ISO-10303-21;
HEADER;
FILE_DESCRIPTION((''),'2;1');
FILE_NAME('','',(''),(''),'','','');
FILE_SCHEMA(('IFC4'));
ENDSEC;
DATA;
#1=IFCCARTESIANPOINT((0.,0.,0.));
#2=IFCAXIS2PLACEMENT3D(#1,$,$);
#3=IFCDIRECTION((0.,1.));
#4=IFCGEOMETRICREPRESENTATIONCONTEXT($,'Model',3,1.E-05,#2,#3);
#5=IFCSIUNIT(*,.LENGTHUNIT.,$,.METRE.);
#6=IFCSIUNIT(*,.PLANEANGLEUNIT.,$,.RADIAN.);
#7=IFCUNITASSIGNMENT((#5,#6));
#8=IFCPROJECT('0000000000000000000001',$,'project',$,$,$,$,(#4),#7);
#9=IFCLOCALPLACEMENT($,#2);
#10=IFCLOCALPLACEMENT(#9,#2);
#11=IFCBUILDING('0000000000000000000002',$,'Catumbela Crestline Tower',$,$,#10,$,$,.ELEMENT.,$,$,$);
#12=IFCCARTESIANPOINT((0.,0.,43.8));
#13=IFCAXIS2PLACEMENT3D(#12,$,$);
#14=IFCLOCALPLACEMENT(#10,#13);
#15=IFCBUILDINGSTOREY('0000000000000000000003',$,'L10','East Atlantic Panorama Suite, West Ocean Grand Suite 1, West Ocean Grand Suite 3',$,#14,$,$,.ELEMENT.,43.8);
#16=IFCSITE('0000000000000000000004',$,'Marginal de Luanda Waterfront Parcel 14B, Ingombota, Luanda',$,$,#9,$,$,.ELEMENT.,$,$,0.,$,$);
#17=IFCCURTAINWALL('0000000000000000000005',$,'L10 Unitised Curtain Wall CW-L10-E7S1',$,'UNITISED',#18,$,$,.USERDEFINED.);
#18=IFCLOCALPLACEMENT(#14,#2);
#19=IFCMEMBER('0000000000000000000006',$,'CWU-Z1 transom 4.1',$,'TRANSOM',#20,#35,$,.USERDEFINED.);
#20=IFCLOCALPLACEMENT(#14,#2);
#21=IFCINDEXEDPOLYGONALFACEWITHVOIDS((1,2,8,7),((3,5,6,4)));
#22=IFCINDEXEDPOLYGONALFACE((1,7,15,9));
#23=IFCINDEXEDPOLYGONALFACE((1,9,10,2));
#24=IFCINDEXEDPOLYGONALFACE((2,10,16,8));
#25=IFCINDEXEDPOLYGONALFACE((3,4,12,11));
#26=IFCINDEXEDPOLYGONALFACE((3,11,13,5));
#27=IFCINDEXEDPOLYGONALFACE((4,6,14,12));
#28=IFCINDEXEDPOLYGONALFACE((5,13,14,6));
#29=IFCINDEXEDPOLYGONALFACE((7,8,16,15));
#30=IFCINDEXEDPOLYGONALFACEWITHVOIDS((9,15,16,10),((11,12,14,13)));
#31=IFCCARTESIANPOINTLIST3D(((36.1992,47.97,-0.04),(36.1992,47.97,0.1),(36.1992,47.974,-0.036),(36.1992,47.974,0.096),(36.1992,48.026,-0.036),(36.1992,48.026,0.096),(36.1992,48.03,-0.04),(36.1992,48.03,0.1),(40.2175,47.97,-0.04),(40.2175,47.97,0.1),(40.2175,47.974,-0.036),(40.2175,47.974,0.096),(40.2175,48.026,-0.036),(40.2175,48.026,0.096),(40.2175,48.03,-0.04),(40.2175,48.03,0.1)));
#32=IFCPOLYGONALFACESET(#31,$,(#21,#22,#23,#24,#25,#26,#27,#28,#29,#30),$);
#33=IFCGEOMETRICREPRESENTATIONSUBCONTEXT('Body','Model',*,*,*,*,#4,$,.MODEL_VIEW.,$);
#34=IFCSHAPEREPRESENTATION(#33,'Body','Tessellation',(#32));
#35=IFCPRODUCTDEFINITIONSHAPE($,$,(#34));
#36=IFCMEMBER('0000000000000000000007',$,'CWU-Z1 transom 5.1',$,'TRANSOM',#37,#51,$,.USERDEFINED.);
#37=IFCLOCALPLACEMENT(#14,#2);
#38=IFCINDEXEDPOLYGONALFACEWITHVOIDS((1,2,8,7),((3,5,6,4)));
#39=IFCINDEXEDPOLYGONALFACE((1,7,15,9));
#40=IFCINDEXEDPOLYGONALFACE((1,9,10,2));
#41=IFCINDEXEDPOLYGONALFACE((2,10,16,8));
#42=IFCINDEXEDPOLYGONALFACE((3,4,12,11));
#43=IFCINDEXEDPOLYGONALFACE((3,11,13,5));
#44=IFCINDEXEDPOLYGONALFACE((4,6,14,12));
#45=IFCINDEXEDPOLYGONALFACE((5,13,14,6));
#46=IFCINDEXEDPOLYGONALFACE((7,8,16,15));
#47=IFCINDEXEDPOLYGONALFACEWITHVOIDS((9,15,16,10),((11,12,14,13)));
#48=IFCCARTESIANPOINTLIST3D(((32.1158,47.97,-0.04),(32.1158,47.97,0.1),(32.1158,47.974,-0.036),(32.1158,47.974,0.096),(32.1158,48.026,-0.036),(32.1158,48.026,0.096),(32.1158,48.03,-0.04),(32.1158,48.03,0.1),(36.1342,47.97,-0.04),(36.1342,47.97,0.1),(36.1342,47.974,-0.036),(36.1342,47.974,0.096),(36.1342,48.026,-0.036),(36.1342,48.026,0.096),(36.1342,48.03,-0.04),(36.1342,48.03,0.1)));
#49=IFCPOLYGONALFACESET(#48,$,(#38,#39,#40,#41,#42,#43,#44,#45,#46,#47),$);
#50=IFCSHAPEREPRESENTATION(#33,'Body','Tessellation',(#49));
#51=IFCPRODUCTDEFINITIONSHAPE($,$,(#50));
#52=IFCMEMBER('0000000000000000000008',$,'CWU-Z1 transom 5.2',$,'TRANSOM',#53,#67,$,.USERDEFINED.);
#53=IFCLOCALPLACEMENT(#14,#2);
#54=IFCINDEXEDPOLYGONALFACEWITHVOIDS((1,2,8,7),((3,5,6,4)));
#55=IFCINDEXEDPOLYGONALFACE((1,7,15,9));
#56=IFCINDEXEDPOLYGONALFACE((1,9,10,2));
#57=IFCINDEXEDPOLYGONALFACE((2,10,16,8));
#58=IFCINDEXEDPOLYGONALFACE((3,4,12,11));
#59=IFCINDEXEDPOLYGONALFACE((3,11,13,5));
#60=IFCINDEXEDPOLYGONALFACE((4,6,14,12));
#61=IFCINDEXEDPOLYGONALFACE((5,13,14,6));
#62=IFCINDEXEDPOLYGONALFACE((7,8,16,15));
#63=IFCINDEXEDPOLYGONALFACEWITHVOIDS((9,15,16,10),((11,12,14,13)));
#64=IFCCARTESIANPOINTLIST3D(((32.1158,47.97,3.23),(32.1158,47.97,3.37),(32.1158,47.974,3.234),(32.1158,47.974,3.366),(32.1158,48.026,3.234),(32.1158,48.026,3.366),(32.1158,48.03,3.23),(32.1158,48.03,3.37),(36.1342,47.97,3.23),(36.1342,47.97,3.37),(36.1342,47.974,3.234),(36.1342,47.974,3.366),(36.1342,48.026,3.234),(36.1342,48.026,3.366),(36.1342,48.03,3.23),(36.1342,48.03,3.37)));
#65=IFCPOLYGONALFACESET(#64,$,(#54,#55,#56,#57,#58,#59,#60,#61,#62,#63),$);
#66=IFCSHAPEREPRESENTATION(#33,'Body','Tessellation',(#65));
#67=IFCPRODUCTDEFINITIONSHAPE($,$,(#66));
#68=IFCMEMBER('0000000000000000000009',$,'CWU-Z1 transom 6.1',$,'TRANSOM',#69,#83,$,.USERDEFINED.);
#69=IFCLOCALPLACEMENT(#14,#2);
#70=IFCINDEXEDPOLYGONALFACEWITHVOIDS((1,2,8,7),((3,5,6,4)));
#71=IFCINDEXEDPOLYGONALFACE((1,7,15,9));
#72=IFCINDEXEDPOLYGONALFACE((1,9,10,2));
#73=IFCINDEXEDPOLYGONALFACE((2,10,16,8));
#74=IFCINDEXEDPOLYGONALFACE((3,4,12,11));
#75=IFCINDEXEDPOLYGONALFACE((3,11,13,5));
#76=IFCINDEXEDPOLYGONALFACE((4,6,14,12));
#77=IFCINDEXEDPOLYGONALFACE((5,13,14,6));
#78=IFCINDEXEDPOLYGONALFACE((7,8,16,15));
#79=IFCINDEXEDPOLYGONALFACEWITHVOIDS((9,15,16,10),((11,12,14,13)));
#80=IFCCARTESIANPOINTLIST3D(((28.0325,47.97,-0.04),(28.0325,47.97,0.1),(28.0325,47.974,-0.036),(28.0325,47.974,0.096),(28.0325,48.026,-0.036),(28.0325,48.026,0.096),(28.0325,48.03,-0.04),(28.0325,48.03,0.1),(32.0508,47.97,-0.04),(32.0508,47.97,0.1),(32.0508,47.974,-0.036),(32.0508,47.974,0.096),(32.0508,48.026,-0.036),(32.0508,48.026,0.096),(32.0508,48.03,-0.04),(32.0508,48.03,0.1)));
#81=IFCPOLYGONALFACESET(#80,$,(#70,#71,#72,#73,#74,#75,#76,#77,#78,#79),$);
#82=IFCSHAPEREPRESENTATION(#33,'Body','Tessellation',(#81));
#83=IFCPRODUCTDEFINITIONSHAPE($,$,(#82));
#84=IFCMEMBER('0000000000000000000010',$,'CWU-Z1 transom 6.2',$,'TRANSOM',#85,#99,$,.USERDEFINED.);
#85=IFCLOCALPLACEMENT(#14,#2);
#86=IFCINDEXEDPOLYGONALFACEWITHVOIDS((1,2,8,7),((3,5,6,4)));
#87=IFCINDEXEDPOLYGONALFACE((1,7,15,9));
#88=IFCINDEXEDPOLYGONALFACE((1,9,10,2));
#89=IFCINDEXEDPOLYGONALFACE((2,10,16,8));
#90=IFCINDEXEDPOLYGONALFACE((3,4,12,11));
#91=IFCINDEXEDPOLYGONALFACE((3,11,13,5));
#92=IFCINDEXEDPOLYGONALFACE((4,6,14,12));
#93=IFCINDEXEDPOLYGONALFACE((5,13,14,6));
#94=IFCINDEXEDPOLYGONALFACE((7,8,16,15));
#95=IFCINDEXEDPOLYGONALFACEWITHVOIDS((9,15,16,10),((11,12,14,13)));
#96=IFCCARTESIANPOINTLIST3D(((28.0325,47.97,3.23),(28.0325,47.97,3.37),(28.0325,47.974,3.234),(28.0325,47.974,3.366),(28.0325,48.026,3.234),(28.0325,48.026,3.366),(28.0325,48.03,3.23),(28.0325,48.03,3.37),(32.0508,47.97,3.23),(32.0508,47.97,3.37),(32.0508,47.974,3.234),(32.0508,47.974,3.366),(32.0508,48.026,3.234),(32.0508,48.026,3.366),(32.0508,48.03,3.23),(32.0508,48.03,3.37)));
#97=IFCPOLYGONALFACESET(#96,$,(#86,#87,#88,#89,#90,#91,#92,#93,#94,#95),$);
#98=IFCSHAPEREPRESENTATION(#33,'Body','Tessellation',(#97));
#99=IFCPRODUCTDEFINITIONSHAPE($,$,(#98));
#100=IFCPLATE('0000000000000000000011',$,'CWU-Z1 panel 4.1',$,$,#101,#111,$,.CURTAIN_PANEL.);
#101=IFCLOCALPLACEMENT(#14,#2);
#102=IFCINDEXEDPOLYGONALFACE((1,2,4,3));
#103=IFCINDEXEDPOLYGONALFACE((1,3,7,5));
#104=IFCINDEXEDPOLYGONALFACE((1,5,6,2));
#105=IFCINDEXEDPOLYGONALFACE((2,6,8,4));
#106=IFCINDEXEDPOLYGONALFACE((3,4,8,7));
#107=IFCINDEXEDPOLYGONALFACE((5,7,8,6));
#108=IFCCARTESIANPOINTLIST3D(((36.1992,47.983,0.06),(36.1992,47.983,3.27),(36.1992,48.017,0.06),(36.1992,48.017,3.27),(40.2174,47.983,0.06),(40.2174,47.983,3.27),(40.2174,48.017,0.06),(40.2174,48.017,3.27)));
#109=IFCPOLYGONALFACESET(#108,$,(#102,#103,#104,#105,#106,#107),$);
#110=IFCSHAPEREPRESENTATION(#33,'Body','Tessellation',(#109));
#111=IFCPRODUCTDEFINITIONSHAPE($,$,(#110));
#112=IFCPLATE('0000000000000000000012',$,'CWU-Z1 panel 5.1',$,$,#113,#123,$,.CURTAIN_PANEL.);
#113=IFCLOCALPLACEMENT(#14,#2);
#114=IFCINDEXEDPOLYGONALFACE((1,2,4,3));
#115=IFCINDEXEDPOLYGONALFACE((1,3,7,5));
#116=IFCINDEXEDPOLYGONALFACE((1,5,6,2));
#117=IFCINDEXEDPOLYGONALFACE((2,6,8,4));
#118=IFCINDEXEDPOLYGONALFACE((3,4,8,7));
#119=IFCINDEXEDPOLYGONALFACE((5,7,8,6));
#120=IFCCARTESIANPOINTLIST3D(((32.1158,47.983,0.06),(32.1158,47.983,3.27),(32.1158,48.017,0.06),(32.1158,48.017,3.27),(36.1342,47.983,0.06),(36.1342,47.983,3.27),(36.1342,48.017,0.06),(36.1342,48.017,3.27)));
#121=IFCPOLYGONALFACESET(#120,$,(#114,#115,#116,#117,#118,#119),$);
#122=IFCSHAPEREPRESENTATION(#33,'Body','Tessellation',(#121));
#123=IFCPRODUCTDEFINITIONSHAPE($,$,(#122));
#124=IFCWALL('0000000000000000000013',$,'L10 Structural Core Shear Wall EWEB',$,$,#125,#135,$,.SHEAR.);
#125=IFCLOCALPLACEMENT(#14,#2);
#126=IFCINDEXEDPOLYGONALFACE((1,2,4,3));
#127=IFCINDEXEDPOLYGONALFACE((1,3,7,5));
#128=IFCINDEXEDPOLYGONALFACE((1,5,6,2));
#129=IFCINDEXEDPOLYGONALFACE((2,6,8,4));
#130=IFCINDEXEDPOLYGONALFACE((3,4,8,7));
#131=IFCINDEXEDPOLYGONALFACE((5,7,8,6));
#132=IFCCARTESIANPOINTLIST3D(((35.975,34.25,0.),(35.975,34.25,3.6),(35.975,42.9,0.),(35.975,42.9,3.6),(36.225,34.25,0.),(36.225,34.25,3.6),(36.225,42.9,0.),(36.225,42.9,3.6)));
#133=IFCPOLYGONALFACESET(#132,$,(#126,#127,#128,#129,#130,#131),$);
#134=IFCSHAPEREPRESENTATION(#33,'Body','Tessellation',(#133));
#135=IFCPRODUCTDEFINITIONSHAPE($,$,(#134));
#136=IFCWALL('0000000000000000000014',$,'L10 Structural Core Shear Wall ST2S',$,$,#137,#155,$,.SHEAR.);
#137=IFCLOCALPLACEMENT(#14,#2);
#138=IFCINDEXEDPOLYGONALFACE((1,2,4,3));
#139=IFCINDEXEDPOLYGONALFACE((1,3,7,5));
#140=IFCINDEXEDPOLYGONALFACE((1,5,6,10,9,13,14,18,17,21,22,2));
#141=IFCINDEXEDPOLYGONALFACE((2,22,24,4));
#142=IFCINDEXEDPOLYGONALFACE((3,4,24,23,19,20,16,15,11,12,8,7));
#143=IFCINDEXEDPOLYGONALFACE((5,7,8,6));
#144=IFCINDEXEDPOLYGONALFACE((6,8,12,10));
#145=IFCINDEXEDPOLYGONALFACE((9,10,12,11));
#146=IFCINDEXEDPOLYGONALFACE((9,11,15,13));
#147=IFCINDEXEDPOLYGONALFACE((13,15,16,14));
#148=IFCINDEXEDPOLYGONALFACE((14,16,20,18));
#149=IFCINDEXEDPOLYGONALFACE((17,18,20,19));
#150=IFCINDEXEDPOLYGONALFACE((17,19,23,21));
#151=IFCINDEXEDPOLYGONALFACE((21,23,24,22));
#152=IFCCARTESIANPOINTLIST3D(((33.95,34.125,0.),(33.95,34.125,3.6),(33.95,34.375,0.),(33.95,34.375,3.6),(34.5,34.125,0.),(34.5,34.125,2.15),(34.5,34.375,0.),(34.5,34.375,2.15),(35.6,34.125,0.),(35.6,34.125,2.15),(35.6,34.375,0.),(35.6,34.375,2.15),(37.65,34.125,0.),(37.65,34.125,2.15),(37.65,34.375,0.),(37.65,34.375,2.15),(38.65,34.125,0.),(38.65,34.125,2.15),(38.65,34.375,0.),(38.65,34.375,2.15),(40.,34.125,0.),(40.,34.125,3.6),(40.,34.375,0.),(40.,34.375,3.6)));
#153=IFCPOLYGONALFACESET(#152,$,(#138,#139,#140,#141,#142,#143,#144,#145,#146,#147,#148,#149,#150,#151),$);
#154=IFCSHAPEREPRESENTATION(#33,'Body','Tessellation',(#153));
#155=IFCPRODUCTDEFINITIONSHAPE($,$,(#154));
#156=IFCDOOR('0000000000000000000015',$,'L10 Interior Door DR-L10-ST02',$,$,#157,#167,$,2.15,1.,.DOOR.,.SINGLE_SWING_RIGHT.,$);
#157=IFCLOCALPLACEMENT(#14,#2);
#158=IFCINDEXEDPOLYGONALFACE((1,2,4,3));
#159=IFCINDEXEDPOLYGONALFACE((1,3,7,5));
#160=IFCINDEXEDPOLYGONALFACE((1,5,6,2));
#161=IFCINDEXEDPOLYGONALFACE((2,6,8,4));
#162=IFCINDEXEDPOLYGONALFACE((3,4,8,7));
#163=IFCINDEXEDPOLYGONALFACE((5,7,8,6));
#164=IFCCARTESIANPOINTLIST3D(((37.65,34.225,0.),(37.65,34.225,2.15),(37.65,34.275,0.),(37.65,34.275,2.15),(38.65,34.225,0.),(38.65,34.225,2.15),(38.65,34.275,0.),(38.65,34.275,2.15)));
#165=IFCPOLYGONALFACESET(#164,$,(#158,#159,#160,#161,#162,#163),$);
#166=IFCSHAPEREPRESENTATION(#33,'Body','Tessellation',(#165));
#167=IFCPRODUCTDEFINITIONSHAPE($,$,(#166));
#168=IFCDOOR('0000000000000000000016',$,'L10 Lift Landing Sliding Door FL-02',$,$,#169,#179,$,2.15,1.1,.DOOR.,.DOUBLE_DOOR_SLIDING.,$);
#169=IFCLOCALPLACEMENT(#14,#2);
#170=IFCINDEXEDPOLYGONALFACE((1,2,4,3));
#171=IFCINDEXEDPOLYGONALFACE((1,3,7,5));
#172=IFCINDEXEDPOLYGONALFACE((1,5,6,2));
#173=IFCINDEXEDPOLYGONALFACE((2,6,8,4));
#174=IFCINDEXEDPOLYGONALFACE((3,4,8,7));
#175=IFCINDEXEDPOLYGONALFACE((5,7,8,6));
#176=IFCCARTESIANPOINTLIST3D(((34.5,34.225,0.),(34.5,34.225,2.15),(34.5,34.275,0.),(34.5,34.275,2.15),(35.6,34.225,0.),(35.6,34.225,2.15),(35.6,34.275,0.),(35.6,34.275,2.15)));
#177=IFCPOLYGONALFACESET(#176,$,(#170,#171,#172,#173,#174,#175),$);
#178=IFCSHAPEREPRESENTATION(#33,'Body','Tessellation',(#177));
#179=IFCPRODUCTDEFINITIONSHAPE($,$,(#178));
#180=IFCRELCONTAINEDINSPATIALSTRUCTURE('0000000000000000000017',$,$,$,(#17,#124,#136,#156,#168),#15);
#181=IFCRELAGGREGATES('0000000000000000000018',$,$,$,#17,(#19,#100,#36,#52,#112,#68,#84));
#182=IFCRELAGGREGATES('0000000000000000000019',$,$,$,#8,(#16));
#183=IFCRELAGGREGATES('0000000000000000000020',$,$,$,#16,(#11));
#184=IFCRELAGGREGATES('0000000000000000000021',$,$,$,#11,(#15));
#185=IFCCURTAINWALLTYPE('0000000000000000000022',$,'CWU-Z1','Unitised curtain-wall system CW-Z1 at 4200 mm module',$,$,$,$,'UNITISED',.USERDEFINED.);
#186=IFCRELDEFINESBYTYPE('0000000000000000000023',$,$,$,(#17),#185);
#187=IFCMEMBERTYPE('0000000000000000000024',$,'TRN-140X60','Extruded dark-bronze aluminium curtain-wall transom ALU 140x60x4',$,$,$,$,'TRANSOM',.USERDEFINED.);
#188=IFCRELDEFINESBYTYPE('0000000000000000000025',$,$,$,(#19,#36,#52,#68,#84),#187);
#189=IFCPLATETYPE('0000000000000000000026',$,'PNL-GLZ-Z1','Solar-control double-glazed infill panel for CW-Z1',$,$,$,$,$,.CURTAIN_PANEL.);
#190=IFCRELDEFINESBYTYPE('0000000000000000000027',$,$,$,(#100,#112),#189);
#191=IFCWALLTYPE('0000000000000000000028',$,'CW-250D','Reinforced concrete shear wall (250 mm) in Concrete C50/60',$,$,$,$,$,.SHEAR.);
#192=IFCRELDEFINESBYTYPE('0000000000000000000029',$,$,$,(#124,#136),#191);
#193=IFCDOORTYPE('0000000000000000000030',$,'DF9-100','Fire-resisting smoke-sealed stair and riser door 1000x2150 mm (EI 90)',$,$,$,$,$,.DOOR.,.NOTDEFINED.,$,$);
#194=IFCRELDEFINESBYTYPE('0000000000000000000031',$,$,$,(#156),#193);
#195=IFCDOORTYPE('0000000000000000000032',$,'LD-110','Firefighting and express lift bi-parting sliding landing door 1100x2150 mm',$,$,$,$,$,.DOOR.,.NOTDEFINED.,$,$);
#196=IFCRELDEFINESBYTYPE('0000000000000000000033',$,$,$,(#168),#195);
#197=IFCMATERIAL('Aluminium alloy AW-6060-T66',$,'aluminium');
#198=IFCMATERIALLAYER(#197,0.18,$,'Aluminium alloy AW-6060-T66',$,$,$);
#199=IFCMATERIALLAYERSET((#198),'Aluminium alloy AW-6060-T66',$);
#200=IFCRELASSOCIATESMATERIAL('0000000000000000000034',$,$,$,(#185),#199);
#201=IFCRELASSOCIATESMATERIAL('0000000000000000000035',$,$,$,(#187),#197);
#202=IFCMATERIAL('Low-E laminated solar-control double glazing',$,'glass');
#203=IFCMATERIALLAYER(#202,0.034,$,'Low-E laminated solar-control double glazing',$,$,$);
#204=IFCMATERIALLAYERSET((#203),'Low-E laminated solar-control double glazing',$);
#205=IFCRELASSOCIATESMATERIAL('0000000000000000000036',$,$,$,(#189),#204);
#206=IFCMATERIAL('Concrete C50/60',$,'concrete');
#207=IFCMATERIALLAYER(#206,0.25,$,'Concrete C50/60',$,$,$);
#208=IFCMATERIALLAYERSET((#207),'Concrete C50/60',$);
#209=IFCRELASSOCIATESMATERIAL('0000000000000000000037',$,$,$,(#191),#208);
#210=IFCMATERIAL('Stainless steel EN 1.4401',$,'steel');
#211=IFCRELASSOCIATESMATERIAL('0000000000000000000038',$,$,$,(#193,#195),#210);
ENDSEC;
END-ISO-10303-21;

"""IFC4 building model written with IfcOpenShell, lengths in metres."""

from ifc_helpers import new_model, si_unit, direction, frame, frame_2d, origin, origin_2d, place, context, subcontext, project, spatial, rectangle, hollow_rectangle, extrude, material, layer, layer_set, material_profile, profile_set, type_object, element, fill, aggregate, save


model = new_model("IFC4")

# Units and contexts
model_context = context("Model", 3, precision=1e-05, world=origin(), true_north=direction((0.0, 1.0)))
body_context = subcontext(model_context, "Body", "Model", "MODEL_VIEW")
ifc_project = project(units=[si_unit("LENGTHUNIT", "METRE"), si_unit("PLANEANGLEUNIT", "RADIAN")], contexts=[model_context])

# Site, building, storey
site_placement = place(None, origin())
site = spatial("IfcSite", under=ifc_project, at=site_placement, Name="Marginal de Luanda Waterfront Parcel 14B, Ingombota, Luanda", CompositionType="ELEMENT", RefElevation=0.0)
building_placement = place(site_placement, origin())
building = spatial("IfcBuilding", under=site, at=building_placement, Name="Catumbela Crestline Tower", CompositionType="ELEMENT")
storey_placement = place(building_placement, frame((0.0, 0.0, 43.8)))
storey = spatial("IfcBuildingStorey", under=building, at=storey_placement, Name="L10", Description="East Atlantic Panorama Suite, West Ocean Grand Suite 1, West Ocean Grand Suite 3", CompositionType="ELEMENT", Elevation=43.8)

# Curtain wall
ifc_material_1 = material(Name="Aluminium alloy AW-6060-T66", Category="aluminium")
ifc_layer_1 = layer(ifc_material_1, 0.18, Name="Aluminium alloy AW-6060-T66")
ifc_layer_set_1 = layer_set([ifc_layer_1], Name="Aluminium alloy AW-6060-T66")
curtain_wall_type = type_object("IfcCurtainWallType", Name="CWU-Z1", Description="Unitised curtain-wall system CW-Z1 at 4200 mm module", ElementType="UNITISED", PredefinedType="USERDEFINED", material=ifc_layer_set_1)
curtain_wall_placement = place(storey_placement, origin())
curtain_wall = element("IfcCurtainWall", 1, at=curtain_wall_placement, inside=storey, type_object=curtain_wall_type, Name="L10 Unitised Curtain Wall CW-L10-E7S1", ObjectType="UNITISED", PredefinedType="USERDEFINED")

# Members
ifc_material_profile_1 = material_profile(ifc_material_1, hollow_rectangle(XDim=0.06, YDim=0.14, WallThickness=0.004, at=origin_2d()), Name="ALU 140x60x4")
ifc_profile_set_1 = profile_set([ifc_material_profile_1], Name="Aluminium alloy AW-6060-T66")
member_type_1 = type_object("IfcMemberType", Name="TRN-140X60", Description="Extruded dark-bronze aluminium curtain-wall transom ALU 140x60x4", ElementType="TRANSOM", PredefinedType="USERDEFINED", material=ifc_profile_set_1)
member_1_placement = place(storey_placement, frame((40.2175, 48.0, 0.03), z_axis=(-1.0, 0.0, 0.0), x_axis=(0.0, -1.0, 0.0)))
member_1 = element("IfcMember", 2, at=member_1_placement, type_object=member_type_1, Name="CWU-Z1 transom 4.1", ObjectType="TRANSOM", PredefinedType="USERDEFINED", context=body_context, shape_type="SweptSolid", body=[
    extrude(hollow_rectangle(XDim=0.06, YDim=0.14, WallThickness=0.004, at=origin_2d()), origin(), (0.0, 0.0, 1.0), 4.0183),
])
member_2_placement = place(storey_placement, frame((36.1342, 48.0, 0.03), z_axis=(-1.0, 0.0, 0.0), x_axis=(0.0, -1.0, 0.0)))
member_2 = element("IfcMember", 3, at=member_2_placement, type_object=member_type_1, Name="CWU-Z1 transom 5.1", ObjectType="TRANSOM", PredefinedType="USERDEFINED", context=body_context, shape_type="SweptSolid", body=[
    extrude(hollow_rectangle(XDim=0.06, YDim=0.14, WallThickness=0.004, at=origin_2d()), origin(), (0.0, 0.0, 1.0), 4.0184),
])
member_3_placement = place(storey_placement, frame((36.1342, 48.0, 3.3), z_axis=(-1.0, 0.0, 0.0), x_axis=(0.0, -1.0, 0.0)))
member_3 = element("IfcMember", 4, at=member_3_placement, type_object=member_type_1, Name="CWU-Z1 transom 5.2", ObjectType="TRANSOM", PredefinedType="USERDEFINED", context=body_context, shape_type="SweptSolid", body=[
    extrude(hollow_rectangle(XDim=0.06, YDim=0.14, WallThickness=0.004, at=origin_2d()), origin(), (0.0, 0.0, 1.0), 4.0184),
])
member_4_placement = place(storey_placement, frame((32.0508, 48.0, 0.03), z_axis=(-1.0, 0.0, 0.0), x_axis=(0.0, -1.0, 0.0)))
member_4 = element("IfcMember", 5, at=member_4_placement, type_object=member_type_1, Name="CWU-Z1 transom 6.1", ObjectType="TRANSOM", PredefinedType="USERDEFINED", context=body_context, shape_type="SweptSolid", body=[
    extrude(hollow_rectangle(XDim=0.06, YDim=0.14, WallThickness=0.004, at=origin_2d()), origin(), (0.0, 0.0, 1.0), 4.0183),
])
member_5_placement = place(storey_placement, frame((32.0508, 48.0, 3.3), z_axis=(-1.0, 0.0, 0.0), x_axis=(0.0, -1.0, 0.0)))
member_5 = element("IfcMember", 6, at=member_5_placement, type_object=member_type_1, Name="CWU-Z1 transom 6.2", ObjectType="TRANSOM", PredefinedType="USERDEFINED", context=body_context, shape_type="SweptSolid", body=[
    extrude(hollow_rectangle(XDim=0.06, YDim=0.14, WallThickness=0.004, at=origin_2d()), origin(), (0.0, 0.0, 1.0), 4.0183),
])

# Plates
ifc_material_2 = material(Name="Low-E laminated solar-control double glazing", Category="glass")
ifc_layer_2 = layer(ifc_material_2, 0.034, Name="Low-E laminated solar-control double glazing")
ifc_layer_set_2 = layer_set([ifc_layer_2], Name="Low-E laminated solar-control double glazing")
plate_type = type_object("IfcPlateType", Name="PNL-GLZ-Z1", Description="Solar-control double-glazed infill panel for CW-Z1", PredefinedType="CURTAIN_PANEL", material=ifc_layer_set_2)
plate_1_placement = place(storey_placement, frame((38.2083, 48.0, 0.06), z_axis=(0.0, 0.0, 1.0), x_axis=(-1.0, 0.0, 0.0)))
plate_1 = element("IfcPlate", 7, at=plate_1_placement, type_object=plate_type, Name="CWU-Z1 panel 4.1", PredefinedType="CURTAIN_PANEL", context=body_context, shape_type="SweptSolid", body=[
    extrude(rectangle(XDim=4.0183, YDim=0.034, at=origin_2d()), origin(), (0.0, 0.0, 1.0), 3.21),
])
plate_2_placement = place(storey_placement, frame((34.125, 48.0, 0.06), z_axis=(0.0, 0.0, 1.0), x_axis=(-1.0, 0.0, 0.0)))
plate_2 = element("IfcPlate", 8, at=plate_2_placement, type_object=plate_type, Name="CWU-Z1 panel 5.1", PredefinedType="CURTAIN_PANEL", context=body_context, shape_type="SweptSolid", body=[
    extrude(rectangle(XDim=4.0183, YDim=0.034, at=origin_2d()), origin(), (0.0, 0.0, 1.0), 3.21),
])
aggregate(curtain_wall, [member_1, plate_1, member_2, member_3, plate_2, member_4, member_5])

# Wall
ifc_material_3 = material(Name="Concrete C50/60", Category="concrete")
ifc_layer_3 = layer(ifc_material_3, 0.25, Name="Concrete C50/60")
ifc_layer_set_3 = layer_set([ifc_layer_3], Name="Concrete C50/60")
wall_type_1 = type_object("IfcWallType", Name="CW-250D", Description="Reinforced concrete shear wall (250 mm) in Concrete C50/60", PredefinedType="SHEAR", material=ifc_layer_set_3)
wall_1_placement = place(storey_placement, frame((36.1, 34.25, 0.0), z_axis=(0.0, 0.0, 1.0), x_axis=(0.0, 1.0, 0.0)))
element("IfcWall", 9, at=wall_1_placement, inside=storey, type_object=wall_type_1, Name="L10 Structural Core Shear Wall EWEB", PredefinedType="SHEAR", context=body_context, shape_type="SweptSolid", body=[
    extrude(rectangle(XDim=8.65, YDim=0.25, at=frame_2d((4.325, 0.0))), origin(), (0.0, 0.0, 1.0), 3.6),
])

# Wall, openings, doors
wall_2_placement = place(storey_placement, frame((33.95, 34.25, 0.0), z_axis=(0.0, 0.0, 1.0), x_axis=(1.0, 0.0, 0.0)))
wall_2 = element("IfcWall", 10, at=wall_2_placement, inside=storey, type_object=wall_type_1, Name="L10 Structural Core Shear Wall ST2S", PredefinedType="SHEAR", context=body_context, shape_type="SweptSolid", body=[
    extrude(rectangle(XDim=6.05, YDim=0.25, at=frame_2d((3.025, 0.0))), origin(), (0.0, 0.0, 1.0), 3.6),
])
opening_1_placement = place(wall_2_placement, frame((3.7, 0.0, 0.0)))
opening_1 = element("IfcOpeningElement", 11, at=opening_1_placement, cuts=wall_2, PredefinedType="OPENING", context=body_context, shape_type="SweptSolid", body=[
    extrude(rectangle(XDim=1.0, YDim=2.15, at=frame_2d((0.5, 1.075))), frame((0.0, 0.135, 0.0), z_axis=(0.0, -1.0, 0.0), x_axis=(1.0, 0.0, 0.0)), (0.0, 0.0, 1.0), 0.27),
])
opening_2_placement = place(wall_2_placement, frame((0.55, 0.0, 0.0)))
opening_2 = element("IfcOpeningElement", 12, at=opening_2_placement, cuts=wall_2, PredefinedType="OPENING", context=body_context, shape_type="SweptSolid", body=[
    extrude(rectangle(XDim=1.1, YDim=2.15, at=frame_2d((0.55, 1.075))), frame((0.0, 0.135, 0.0), z_axis=(0.0, -1.0, 0.0), x_axis=(1.0, 0.0, 0.0)), (0.0, 0.0, 1.0), 0.27),
])
ifc_material_4 = material(Name="Stainless steel EN 1.4401", Category="steel")
door_type_1 = type_object("IfcDoorType", Name="DF9-100", Description="Fire-resisting smoke-sealed stair and riser door 1000x2150 mm (EI 90)", OperationType="NOTDEFINED", PredefinedType="DOOR", material=ifc_material_4)
door_1_placement = place(opening_1_placement, origin())
door_1 = element("IfcDoor", 13, at=door_1_placement, inside=storey, type_object=door_type_1, Name="L10 Interior Door DR-L10-ST02", OperationType="SINGLE_SWING_RIGHT", OverallHeight=2.15, OverallWidth=1.0, PredefinedType="DOOR", context=body_context, shape_type="SweptSolid", body=[
    extrude(rectangle(XDim=1.0, YDim=2.15, at=frame_2d((0.5, 1.075))), frame((0.0, 0.025, 0.0), z_axis=(0.0, -1.0, 0.0), x_axis=(1.0, 0.0, 0.0)), (0.0, 0.0, 1.0), 0.05),
])
fill(opening_1, door_1)
door_type_2 = type_object("IfcDoorType", Name="LD-110", Description="Firefighting and express lift bi-parting sliding landing door 1100x2150 mm", OperationType="NOTDEFINED", PredefinedType="DOOR", material=ifc_material_4)
door_2_placement = place(opening_2_placement, origin())
door_2 = element("IfcDoor", 14, at=door_2_placement, inside=storey, type_object=door_type_2, Name="L10 Lift Landing Sliding Door FL-02", OperationType="DOUBLE_DOOR_SLIDING", OverallHeight=2.15, OverallWidth=1.1, PredefinedType="DOOR", context=body_context, shape_type="SweptSolid", body=[
    extrude(rectangle(XDim=1.1, YDim=2.15, at=frame_2d((0.55, 1.075))), frame((0.0, 0.025, 0.0), z_axis=(0.0, -1.0, 0.0), x_axis=(1.0, 0.0, 0.0)), (0.0, 0.0, 1.0), 0.05),
])
fill(opening_2, door_2)

save(model, "model.ifc")
